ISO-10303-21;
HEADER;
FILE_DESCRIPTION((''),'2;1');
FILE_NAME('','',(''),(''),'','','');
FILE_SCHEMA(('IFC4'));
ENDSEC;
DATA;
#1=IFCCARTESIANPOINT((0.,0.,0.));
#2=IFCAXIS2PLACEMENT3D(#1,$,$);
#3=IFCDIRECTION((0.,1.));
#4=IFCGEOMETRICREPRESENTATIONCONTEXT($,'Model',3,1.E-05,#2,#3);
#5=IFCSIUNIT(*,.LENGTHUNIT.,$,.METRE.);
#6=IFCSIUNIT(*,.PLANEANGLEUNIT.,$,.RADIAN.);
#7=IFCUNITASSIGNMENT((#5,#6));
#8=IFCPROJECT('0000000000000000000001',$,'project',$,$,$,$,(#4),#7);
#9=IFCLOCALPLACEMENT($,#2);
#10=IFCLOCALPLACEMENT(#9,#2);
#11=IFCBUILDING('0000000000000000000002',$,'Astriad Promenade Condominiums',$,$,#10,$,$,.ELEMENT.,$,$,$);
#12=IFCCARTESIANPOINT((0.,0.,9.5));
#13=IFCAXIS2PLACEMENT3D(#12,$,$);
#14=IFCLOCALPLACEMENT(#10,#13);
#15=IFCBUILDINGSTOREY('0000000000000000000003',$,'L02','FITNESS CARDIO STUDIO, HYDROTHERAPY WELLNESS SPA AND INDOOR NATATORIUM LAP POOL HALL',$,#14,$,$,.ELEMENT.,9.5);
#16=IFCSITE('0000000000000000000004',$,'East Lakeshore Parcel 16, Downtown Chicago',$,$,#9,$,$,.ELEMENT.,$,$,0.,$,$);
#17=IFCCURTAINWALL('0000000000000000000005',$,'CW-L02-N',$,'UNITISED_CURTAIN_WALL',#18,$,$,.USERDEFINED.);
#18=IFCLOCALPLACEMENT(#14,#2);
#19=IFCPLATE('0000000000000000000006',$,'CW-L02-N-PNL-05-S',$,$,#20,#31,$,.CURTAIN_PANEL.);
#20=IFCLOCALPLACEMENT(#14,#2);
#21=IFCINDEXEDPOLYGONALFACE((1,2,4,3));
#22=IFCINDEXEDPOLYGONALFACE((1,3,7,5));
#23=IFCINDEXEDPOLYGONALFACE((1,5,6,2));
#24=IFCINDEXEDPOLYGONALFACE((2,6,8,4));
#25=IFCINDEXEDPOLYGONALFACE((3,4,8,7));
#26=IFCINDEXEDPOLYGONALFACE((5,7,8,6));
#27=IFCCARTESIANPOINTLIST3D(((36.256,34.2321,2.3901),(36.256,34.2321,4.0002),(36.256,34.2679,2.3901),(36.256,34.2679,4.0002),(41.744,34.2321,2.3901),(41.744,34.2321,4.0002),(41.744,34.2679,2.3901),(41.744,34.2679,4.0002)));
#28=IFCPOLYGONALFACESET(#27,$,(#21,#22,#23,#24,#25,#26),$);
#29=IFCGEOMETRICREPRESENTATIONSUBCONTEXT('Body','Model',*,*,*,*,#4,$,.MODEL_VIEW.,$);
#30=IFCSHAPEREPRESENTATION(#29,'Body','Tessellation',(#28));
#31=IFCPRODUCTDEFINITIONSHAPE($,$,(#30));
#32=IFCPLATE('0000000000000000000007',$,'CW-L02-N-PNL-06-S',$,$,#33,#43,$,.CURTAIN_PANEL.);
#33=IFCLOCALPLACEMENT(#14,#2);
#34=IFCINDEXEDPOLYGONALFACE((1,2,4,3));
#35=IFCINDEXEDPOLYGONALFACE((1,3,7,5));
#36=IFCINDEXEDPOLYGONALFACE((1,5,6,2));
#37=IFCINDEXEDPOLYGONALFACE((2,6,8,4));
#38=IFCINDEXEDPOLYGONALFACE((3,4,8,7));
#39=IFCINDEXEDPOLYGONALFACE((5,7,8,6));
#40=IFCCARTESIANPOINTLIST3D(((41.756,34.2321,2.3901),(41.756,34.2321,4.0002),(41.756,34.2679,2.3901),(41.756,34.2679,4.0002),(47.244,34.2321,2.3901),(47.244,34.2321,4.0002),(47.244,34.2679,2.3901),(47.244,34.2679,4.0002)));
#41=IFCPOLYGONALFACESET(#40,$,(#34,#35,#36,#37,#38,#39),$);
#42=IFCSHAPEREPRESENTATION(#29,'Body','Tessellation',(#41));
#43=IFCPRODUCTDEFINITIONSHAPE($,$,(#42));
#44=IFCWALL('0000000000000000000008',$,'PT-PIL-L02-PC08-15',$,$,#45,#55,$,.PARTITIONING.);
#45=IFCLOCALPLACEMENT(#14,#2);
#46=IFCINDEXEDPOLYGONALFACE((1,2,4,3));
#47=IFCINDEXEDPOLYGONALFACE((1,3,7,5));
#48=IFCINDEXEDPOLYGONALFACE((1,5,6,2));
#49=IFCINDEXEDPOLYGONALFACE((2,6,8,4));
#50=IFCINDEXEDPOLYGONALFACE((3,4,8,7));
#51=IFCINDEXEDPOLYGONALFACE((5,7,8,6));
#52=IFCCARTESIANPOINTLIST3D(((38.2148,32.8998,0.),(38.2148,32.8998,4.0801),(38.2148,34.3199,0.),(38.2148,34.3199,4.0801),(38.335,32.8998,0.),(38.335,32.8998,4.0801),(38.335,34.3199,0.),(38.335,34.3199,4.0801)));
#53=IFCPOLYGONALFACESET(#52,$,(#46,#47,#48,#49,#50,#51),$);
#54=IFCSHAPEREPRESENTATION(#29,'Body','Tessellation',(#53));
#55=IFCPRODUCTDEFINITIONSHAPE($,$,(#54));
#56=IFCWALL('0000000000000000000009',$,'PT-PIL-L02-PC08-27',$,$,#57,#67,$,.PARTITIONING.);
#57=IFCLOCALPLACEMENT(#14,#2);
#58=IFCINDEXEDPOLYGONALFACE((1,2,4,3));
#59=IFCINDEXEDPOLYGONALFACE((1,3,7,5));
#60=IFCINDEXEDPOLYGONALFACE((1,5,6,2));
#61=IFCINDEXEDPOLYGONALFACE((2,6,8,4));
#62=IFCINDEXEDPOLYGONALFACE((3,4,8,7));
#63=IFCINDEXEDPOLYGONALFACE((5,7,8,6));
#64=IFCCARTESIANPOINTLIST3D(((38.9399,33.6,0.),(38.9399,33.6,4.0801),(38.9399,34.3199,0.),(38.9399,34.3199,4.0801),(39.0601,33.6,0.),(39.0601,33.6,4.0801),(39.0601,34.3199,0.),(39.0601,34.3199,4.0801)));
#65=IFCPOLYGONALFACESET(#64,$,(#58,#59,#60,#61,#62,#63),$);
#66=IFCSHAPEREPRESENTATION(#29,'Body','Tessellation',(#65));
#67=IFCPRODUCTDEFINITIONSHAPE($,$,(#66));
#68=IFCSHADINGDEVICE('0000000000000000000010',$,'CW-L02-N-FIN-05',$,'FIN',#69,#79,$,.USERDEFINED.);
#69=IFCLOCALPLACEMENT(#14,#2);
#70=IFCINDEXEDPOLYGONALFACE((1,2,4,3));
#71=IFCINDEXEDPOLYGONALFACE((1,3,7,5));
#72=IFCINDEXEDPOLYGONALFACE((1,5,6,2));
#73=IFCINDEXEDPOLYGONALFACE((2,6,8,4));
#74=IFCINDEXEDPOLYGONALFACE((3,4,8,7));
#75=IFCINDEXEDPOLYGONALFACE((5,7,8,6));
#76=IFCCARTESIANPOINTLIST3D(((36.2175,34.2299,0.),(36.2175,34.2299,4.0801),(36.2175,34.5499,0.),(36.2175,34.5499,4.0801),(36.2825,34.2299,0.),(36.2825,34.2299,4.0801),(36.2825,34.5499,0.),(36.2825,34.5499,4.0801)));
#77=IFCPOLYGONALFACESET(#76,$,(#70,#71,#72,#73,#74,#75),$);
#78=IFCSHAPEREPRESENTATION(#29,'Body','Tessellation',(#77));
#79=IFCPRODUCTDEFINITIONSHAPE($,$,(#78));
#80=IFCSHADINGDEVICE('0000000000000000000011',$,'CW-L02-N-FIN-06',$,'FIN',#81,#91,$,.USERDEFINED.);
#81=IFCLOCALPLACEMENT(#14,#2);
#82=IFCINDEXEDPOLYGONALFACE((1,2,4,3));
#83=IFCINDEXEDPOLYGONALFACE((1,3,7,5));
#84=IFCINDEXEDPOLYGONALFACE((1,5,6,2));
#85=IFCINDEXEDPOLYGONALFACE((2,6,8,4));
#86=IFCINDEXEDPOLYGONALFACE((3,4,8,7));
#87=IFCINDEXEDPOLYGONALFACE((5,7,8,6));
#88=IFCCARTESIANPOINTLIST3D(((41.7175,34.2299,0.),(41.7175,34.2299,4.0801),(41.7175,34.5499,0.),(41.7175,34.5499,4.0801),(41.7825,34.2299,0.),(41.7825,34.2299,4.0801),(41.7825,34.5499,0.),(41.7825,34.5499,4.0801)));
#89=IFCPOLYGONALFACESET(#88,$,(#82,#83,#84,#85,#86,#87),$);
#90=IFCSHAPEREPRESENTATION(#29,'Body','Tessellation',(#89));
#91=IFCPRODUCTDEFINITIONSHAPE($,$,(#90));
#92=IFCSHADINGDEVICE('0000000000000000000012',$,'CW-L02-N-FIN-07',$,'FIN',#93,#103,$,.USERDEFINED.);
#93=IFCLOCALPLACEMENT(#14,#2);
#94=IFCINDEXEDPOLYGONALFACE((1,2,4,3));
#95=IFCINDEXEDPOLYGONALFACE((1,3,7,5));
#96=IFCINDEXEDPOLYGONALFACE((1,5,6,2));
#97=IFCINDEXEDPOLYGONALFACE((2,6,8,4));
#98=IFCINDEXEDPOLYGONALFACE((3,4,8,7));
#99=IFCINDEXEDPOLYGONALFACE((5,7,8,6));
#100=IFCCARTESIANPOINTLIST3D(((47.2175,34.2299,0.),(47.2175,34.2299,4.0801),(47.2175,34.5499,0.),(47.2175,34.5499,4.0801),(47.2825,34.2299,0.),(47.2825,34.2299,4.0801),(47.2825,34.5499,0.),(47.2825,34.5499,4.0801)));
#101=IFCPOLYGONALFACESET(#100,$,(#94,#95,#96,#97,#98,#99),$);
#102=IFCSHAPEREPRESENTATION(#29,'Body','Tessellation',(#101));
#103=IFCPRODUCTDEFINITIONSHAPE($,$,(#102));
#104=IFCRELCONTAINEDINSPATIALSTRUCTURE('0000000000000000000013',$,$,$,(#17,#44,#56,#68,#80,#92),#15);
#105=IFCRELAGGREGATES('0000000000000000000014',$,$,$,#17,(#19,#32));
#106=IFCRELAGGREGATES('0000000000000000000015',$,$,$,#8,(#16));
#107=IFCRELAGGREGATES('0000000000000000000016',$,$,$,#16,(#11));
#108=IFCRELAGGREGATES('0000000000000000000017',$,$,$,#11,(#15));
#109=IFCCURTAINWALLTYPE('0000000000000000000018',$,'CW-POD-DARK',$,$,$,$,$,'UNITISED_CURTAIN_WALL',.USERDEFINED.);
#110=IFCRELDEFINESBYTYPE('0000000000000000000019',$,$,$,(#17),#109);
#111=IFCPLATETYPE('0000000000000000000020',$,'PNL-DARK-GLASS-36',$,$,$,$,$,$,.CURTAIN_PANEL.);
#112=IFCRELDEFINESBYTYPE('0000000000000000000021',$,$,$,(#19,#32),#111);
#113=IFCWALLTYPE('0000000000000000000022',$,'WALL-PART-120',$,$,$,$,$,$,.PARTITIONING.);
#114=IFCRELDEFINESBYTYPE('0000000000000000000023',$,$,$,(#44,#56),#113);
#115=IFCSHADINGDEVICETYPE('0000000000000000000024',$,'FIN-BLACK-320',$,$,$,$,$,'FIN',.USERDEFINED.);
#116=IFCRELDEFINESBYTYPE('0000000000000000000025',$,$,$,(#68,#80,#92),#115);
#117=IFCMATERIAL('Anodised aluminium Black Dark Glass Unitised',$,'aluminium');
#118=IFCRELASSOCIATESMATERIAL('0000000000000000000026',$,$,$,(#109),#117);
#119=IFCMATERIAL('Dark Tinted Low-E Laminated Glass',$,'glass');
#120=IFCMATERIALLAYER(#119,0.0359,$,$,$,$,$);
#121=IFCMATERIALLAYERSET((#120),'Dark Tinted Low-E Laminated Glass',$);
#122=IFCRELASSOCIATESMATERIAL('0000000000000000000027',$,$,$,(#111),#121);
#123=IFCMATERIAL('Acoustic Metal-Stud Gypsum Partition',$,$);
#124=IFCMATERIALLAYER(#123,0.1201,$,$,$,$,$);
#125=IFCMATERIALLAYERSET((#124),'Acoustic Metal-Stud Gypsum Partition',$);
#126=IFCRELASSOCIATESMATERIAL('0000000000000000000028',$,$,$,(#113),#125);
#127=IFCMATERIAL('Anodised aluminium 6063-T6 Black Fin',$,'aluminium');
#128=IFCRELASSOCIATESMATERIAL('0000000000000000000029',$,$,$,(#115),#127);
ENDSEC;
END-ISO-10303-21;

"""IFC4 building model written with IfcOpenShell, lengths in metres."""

from ifc_helpers import new_model, si_unit, direction, frame, frame_2d, origin, origin_2d, place, context, subcontext, project, spatial, rectangle, extrude, source, transform, mapped, material, layer, layer_set, type_object, type_shapes, element, aggregate, save


model = new_model("IFC4")

# Units and contexts
model_context = context("Model", 3, precision=1e-05, world=origin(), true_north=direction((0.0, 1.0)))
body_context = subcontext(model_context, "Body", "Model", "MODEL_VIEW")
ifc_project = project(units=[si_unit("LENGTHUNIT", "METRE"), si_unit("PLANEANGLEUNIT", "RADIAN")], contexts=[model_context])

# Site, building, storey
site_placement = place(None, origin())
site = spatial("IfcSite", under=ifc_project, at=site_placement, Name="East Lakeshore Parcel 16, Downtown Chicago", CompositionType="ELEMENT", RefElevation=0.0)
building_placement = place(site_placement, origin())
building = spatial("IfcBuilding", under=site, at=building_placement, Name="Astriad Promenade Condominiums", CompositionType="ELEMENT")
storey_placement = place(building_placement, frame((0.0, 0.0, 9.5)))
storey = spatial("IfcBuildingStorey", under=building, at=storey_placement, Name="L02", Description="FITNESS CARDIO STUDIO, HYDROTHERAPY WELLNESS SPA AND INDOOR NATATORIUM LAP POOL HALL", CompositionType="ELEMENT", Elevation=9.5)

# Curtain wall
ifc_material_1 = material(Name="Anodised aluminium Black Dark Glass Unitised", Category="aluminium")
curtain_wall_type = type_object("IfcCurtainWallType", Name="CW-POD-DARK", ElementType="UNITISED_CURTAIN_WALL", PredefinedType="USERDEFINED", material=ifc_material_1)
curtain_wall_placement = place(storey_placement, origin())
curtain_wall = element("IfcCurtainWall", 1, at=curtain_wall_placement, inside=storey, type_object=curtain_wall_type, Name="CW-L02-N", ObjectType="UNITISED_CURTAIN_WALL", PredefinedType="USERDEFINED")

# Plates
ifc_material_2 = material(Name="Dark Tinted Low-E Laminated Glass", Category="glass")
ifc_layer_1 = layer(ifc_material_2, 0.0359)
ifc_layer_set_1 = layer_set([ifc_layer_1], Name="Dark Tinted Low-E Laminated Glass")
plate_type_1 = type_object("IfcPlateType", Name="PNL-DARK-GLASS-36", PredefinedType="CURTAIN_PANEL", material=ifc_layer_set_1)
shared_shape_1 = source(origin(), body_context, "Body", "SweptSolid", [
    extrude(rectangle(XDim=5.488, YDim=0.0359, at=origin_2d()), origin(), (0.0, 0.0, 1.0), 1.6101),
])
plate_1_placement = place(storey_placement, frame((39.0, 34.25, 2.3901), z_axis=(0.0, 0.0, 1.0), x_axis=(1.0, 0.0, 0.0)))
plate_1 = element("IfcPlate", 2, at=plate_1_placement, type_object=plate_type_1, Name="CW-L02-N-PNL-05-S", PredefinedType="CURTAIN_PANEL", context=body_context, shape_type="MappedRepresentation", body=[
    mapped(shared_shape_1, transform((0.0, 0.0, 0.0), scale=1.0)),
])
plate_2_placement = place(storey_placement, frame((44.5, 34.25, 2.3901), z_axis=(0.0, 0.0, 1.0), x_axis=(1.0, 0.0, 0.0)))
plate_2 = element("IfcPlate", 3, at=plate_2_placement, type_object=plate_type_1, Name="CW-L02-N-PNL-06-S", PredefinedType="CURTAIN_PANEL", context=body_context, shape_type="MappedRepresentation", body=[
    mapped(shared_shape_1, transform((0.0, 0.0, 0.0), scale=1.0)),
])
aggregate(curtain_wall, [plate_1, plate_2])

# Walls
ifc_material_3 = material(Name="Acoustic Metal-Stud Gypsum Partition")
ifc_layer_2 = layer(ifc_material_3, 0.1201)
ifc_layer_set_2 = layer_set([ifc_layer_2], Name="Acoustic Metal-Stud Gypsum Partition")
wall_type = type_object("IfcWallType", Name="WALL-PART-120", PredefinedType="PARTITIONING", material=ifc_layer_set_2)
wall_1_placement = place(storey_placement, frame((38.2749, 32.8999, 0.0), z_axis=(0.0, 0.0, 1.0), x_axis=(0.0, 1.0, 0.0)))
element("IfcWall", 4, at=wall_1_placement, inside=storey, type_object=wall_type, Name="PT-PIL-L02-PC08-15", PredefinedType="PARTITIONING", context=body_context, shape_type="SweptSolid", body=[
    extrude(rectangle(XDim=1.4202, YDim=0.1201, at=frame_2d((0.71, 0.0))), origin(), (0.0, 0.0, 1.0), 4.0801),
])
wall_2_placement = place(storey_placement, frame((39.0, 33.6001, 0.0), z_axis=(0.0, 0.0, 1.0), x_axis=(0.0, 1.0, 0.0)))
element("IfcWall", 5, at=wall_2_placement, inside=storey, type_object=wall_type, Name="PT-PIL-L02-PC08-27", PredefinedType="PARTITIONING", context=body_context, shape_type="SweptSolid", body=[
    extrude(rectangle(XDim=0.72, YDim=0.1201, at=frame_2d((0.3599, 0.0))), origin(), (0.0, 0.0, 1.0), 4.0801),
])

# Shading devices
ifc_material_4 = material(Name="Anodised aluminium 6063-T6 Black Fin", Category="aluminium")
shading_device_type = type_object("IfcShadingDeviceType", Name="FIN-BLACK-320", ElementType="FIN", PredefinedType="USERDEFINED", material=ifc_material_4)
shared_shape_2 = source(origin(), body_context, "Body", "SweptSolid", [
    extrude(rectangle(XDim=0.0649, YDim=0.3201, at=origin_2d()), origin(), (0.0, 0.0, 1.0), 4.0801),
])
type_shapes(shading_device_type, [shared_shape_2])
for number, where, z_axis, x_axis, name in (
    (6, (36.25, 34.3899, 0.0), (0.0, 0.0, 1.0), (1.0, 0.0, 0.0), "CW-L02-N-FIN-05"),
    (7, (41.75, 34.3899, 0.0), (0.0, 0.0, 1.0), (1.0, 0.0, 0.0), "CW-L02-N-FIN-06"),
    (8, (47.25, 34.3899, 0.0), (0.0, 0.0, 1.0), (1.0, 0.0, 0.0), "CW-L02-N-FIN-07"),
):
    element("IfcShadingDevice", number, at=place(storey_placement, frame(where, z_axis=z_axis, x_axis=x_axis)), inside=storey, type_object=shading_device_type, Name=name, ObjectType="FIN", PredefinedType="USERDEFINED", context=body_context, shape_type="MappedRepresentation", body=[
        mapped(shared_shape_2, transform((0.0, 0.0, 0.0), scale=1.0)),
    ])

save(model, "model.ifc")
